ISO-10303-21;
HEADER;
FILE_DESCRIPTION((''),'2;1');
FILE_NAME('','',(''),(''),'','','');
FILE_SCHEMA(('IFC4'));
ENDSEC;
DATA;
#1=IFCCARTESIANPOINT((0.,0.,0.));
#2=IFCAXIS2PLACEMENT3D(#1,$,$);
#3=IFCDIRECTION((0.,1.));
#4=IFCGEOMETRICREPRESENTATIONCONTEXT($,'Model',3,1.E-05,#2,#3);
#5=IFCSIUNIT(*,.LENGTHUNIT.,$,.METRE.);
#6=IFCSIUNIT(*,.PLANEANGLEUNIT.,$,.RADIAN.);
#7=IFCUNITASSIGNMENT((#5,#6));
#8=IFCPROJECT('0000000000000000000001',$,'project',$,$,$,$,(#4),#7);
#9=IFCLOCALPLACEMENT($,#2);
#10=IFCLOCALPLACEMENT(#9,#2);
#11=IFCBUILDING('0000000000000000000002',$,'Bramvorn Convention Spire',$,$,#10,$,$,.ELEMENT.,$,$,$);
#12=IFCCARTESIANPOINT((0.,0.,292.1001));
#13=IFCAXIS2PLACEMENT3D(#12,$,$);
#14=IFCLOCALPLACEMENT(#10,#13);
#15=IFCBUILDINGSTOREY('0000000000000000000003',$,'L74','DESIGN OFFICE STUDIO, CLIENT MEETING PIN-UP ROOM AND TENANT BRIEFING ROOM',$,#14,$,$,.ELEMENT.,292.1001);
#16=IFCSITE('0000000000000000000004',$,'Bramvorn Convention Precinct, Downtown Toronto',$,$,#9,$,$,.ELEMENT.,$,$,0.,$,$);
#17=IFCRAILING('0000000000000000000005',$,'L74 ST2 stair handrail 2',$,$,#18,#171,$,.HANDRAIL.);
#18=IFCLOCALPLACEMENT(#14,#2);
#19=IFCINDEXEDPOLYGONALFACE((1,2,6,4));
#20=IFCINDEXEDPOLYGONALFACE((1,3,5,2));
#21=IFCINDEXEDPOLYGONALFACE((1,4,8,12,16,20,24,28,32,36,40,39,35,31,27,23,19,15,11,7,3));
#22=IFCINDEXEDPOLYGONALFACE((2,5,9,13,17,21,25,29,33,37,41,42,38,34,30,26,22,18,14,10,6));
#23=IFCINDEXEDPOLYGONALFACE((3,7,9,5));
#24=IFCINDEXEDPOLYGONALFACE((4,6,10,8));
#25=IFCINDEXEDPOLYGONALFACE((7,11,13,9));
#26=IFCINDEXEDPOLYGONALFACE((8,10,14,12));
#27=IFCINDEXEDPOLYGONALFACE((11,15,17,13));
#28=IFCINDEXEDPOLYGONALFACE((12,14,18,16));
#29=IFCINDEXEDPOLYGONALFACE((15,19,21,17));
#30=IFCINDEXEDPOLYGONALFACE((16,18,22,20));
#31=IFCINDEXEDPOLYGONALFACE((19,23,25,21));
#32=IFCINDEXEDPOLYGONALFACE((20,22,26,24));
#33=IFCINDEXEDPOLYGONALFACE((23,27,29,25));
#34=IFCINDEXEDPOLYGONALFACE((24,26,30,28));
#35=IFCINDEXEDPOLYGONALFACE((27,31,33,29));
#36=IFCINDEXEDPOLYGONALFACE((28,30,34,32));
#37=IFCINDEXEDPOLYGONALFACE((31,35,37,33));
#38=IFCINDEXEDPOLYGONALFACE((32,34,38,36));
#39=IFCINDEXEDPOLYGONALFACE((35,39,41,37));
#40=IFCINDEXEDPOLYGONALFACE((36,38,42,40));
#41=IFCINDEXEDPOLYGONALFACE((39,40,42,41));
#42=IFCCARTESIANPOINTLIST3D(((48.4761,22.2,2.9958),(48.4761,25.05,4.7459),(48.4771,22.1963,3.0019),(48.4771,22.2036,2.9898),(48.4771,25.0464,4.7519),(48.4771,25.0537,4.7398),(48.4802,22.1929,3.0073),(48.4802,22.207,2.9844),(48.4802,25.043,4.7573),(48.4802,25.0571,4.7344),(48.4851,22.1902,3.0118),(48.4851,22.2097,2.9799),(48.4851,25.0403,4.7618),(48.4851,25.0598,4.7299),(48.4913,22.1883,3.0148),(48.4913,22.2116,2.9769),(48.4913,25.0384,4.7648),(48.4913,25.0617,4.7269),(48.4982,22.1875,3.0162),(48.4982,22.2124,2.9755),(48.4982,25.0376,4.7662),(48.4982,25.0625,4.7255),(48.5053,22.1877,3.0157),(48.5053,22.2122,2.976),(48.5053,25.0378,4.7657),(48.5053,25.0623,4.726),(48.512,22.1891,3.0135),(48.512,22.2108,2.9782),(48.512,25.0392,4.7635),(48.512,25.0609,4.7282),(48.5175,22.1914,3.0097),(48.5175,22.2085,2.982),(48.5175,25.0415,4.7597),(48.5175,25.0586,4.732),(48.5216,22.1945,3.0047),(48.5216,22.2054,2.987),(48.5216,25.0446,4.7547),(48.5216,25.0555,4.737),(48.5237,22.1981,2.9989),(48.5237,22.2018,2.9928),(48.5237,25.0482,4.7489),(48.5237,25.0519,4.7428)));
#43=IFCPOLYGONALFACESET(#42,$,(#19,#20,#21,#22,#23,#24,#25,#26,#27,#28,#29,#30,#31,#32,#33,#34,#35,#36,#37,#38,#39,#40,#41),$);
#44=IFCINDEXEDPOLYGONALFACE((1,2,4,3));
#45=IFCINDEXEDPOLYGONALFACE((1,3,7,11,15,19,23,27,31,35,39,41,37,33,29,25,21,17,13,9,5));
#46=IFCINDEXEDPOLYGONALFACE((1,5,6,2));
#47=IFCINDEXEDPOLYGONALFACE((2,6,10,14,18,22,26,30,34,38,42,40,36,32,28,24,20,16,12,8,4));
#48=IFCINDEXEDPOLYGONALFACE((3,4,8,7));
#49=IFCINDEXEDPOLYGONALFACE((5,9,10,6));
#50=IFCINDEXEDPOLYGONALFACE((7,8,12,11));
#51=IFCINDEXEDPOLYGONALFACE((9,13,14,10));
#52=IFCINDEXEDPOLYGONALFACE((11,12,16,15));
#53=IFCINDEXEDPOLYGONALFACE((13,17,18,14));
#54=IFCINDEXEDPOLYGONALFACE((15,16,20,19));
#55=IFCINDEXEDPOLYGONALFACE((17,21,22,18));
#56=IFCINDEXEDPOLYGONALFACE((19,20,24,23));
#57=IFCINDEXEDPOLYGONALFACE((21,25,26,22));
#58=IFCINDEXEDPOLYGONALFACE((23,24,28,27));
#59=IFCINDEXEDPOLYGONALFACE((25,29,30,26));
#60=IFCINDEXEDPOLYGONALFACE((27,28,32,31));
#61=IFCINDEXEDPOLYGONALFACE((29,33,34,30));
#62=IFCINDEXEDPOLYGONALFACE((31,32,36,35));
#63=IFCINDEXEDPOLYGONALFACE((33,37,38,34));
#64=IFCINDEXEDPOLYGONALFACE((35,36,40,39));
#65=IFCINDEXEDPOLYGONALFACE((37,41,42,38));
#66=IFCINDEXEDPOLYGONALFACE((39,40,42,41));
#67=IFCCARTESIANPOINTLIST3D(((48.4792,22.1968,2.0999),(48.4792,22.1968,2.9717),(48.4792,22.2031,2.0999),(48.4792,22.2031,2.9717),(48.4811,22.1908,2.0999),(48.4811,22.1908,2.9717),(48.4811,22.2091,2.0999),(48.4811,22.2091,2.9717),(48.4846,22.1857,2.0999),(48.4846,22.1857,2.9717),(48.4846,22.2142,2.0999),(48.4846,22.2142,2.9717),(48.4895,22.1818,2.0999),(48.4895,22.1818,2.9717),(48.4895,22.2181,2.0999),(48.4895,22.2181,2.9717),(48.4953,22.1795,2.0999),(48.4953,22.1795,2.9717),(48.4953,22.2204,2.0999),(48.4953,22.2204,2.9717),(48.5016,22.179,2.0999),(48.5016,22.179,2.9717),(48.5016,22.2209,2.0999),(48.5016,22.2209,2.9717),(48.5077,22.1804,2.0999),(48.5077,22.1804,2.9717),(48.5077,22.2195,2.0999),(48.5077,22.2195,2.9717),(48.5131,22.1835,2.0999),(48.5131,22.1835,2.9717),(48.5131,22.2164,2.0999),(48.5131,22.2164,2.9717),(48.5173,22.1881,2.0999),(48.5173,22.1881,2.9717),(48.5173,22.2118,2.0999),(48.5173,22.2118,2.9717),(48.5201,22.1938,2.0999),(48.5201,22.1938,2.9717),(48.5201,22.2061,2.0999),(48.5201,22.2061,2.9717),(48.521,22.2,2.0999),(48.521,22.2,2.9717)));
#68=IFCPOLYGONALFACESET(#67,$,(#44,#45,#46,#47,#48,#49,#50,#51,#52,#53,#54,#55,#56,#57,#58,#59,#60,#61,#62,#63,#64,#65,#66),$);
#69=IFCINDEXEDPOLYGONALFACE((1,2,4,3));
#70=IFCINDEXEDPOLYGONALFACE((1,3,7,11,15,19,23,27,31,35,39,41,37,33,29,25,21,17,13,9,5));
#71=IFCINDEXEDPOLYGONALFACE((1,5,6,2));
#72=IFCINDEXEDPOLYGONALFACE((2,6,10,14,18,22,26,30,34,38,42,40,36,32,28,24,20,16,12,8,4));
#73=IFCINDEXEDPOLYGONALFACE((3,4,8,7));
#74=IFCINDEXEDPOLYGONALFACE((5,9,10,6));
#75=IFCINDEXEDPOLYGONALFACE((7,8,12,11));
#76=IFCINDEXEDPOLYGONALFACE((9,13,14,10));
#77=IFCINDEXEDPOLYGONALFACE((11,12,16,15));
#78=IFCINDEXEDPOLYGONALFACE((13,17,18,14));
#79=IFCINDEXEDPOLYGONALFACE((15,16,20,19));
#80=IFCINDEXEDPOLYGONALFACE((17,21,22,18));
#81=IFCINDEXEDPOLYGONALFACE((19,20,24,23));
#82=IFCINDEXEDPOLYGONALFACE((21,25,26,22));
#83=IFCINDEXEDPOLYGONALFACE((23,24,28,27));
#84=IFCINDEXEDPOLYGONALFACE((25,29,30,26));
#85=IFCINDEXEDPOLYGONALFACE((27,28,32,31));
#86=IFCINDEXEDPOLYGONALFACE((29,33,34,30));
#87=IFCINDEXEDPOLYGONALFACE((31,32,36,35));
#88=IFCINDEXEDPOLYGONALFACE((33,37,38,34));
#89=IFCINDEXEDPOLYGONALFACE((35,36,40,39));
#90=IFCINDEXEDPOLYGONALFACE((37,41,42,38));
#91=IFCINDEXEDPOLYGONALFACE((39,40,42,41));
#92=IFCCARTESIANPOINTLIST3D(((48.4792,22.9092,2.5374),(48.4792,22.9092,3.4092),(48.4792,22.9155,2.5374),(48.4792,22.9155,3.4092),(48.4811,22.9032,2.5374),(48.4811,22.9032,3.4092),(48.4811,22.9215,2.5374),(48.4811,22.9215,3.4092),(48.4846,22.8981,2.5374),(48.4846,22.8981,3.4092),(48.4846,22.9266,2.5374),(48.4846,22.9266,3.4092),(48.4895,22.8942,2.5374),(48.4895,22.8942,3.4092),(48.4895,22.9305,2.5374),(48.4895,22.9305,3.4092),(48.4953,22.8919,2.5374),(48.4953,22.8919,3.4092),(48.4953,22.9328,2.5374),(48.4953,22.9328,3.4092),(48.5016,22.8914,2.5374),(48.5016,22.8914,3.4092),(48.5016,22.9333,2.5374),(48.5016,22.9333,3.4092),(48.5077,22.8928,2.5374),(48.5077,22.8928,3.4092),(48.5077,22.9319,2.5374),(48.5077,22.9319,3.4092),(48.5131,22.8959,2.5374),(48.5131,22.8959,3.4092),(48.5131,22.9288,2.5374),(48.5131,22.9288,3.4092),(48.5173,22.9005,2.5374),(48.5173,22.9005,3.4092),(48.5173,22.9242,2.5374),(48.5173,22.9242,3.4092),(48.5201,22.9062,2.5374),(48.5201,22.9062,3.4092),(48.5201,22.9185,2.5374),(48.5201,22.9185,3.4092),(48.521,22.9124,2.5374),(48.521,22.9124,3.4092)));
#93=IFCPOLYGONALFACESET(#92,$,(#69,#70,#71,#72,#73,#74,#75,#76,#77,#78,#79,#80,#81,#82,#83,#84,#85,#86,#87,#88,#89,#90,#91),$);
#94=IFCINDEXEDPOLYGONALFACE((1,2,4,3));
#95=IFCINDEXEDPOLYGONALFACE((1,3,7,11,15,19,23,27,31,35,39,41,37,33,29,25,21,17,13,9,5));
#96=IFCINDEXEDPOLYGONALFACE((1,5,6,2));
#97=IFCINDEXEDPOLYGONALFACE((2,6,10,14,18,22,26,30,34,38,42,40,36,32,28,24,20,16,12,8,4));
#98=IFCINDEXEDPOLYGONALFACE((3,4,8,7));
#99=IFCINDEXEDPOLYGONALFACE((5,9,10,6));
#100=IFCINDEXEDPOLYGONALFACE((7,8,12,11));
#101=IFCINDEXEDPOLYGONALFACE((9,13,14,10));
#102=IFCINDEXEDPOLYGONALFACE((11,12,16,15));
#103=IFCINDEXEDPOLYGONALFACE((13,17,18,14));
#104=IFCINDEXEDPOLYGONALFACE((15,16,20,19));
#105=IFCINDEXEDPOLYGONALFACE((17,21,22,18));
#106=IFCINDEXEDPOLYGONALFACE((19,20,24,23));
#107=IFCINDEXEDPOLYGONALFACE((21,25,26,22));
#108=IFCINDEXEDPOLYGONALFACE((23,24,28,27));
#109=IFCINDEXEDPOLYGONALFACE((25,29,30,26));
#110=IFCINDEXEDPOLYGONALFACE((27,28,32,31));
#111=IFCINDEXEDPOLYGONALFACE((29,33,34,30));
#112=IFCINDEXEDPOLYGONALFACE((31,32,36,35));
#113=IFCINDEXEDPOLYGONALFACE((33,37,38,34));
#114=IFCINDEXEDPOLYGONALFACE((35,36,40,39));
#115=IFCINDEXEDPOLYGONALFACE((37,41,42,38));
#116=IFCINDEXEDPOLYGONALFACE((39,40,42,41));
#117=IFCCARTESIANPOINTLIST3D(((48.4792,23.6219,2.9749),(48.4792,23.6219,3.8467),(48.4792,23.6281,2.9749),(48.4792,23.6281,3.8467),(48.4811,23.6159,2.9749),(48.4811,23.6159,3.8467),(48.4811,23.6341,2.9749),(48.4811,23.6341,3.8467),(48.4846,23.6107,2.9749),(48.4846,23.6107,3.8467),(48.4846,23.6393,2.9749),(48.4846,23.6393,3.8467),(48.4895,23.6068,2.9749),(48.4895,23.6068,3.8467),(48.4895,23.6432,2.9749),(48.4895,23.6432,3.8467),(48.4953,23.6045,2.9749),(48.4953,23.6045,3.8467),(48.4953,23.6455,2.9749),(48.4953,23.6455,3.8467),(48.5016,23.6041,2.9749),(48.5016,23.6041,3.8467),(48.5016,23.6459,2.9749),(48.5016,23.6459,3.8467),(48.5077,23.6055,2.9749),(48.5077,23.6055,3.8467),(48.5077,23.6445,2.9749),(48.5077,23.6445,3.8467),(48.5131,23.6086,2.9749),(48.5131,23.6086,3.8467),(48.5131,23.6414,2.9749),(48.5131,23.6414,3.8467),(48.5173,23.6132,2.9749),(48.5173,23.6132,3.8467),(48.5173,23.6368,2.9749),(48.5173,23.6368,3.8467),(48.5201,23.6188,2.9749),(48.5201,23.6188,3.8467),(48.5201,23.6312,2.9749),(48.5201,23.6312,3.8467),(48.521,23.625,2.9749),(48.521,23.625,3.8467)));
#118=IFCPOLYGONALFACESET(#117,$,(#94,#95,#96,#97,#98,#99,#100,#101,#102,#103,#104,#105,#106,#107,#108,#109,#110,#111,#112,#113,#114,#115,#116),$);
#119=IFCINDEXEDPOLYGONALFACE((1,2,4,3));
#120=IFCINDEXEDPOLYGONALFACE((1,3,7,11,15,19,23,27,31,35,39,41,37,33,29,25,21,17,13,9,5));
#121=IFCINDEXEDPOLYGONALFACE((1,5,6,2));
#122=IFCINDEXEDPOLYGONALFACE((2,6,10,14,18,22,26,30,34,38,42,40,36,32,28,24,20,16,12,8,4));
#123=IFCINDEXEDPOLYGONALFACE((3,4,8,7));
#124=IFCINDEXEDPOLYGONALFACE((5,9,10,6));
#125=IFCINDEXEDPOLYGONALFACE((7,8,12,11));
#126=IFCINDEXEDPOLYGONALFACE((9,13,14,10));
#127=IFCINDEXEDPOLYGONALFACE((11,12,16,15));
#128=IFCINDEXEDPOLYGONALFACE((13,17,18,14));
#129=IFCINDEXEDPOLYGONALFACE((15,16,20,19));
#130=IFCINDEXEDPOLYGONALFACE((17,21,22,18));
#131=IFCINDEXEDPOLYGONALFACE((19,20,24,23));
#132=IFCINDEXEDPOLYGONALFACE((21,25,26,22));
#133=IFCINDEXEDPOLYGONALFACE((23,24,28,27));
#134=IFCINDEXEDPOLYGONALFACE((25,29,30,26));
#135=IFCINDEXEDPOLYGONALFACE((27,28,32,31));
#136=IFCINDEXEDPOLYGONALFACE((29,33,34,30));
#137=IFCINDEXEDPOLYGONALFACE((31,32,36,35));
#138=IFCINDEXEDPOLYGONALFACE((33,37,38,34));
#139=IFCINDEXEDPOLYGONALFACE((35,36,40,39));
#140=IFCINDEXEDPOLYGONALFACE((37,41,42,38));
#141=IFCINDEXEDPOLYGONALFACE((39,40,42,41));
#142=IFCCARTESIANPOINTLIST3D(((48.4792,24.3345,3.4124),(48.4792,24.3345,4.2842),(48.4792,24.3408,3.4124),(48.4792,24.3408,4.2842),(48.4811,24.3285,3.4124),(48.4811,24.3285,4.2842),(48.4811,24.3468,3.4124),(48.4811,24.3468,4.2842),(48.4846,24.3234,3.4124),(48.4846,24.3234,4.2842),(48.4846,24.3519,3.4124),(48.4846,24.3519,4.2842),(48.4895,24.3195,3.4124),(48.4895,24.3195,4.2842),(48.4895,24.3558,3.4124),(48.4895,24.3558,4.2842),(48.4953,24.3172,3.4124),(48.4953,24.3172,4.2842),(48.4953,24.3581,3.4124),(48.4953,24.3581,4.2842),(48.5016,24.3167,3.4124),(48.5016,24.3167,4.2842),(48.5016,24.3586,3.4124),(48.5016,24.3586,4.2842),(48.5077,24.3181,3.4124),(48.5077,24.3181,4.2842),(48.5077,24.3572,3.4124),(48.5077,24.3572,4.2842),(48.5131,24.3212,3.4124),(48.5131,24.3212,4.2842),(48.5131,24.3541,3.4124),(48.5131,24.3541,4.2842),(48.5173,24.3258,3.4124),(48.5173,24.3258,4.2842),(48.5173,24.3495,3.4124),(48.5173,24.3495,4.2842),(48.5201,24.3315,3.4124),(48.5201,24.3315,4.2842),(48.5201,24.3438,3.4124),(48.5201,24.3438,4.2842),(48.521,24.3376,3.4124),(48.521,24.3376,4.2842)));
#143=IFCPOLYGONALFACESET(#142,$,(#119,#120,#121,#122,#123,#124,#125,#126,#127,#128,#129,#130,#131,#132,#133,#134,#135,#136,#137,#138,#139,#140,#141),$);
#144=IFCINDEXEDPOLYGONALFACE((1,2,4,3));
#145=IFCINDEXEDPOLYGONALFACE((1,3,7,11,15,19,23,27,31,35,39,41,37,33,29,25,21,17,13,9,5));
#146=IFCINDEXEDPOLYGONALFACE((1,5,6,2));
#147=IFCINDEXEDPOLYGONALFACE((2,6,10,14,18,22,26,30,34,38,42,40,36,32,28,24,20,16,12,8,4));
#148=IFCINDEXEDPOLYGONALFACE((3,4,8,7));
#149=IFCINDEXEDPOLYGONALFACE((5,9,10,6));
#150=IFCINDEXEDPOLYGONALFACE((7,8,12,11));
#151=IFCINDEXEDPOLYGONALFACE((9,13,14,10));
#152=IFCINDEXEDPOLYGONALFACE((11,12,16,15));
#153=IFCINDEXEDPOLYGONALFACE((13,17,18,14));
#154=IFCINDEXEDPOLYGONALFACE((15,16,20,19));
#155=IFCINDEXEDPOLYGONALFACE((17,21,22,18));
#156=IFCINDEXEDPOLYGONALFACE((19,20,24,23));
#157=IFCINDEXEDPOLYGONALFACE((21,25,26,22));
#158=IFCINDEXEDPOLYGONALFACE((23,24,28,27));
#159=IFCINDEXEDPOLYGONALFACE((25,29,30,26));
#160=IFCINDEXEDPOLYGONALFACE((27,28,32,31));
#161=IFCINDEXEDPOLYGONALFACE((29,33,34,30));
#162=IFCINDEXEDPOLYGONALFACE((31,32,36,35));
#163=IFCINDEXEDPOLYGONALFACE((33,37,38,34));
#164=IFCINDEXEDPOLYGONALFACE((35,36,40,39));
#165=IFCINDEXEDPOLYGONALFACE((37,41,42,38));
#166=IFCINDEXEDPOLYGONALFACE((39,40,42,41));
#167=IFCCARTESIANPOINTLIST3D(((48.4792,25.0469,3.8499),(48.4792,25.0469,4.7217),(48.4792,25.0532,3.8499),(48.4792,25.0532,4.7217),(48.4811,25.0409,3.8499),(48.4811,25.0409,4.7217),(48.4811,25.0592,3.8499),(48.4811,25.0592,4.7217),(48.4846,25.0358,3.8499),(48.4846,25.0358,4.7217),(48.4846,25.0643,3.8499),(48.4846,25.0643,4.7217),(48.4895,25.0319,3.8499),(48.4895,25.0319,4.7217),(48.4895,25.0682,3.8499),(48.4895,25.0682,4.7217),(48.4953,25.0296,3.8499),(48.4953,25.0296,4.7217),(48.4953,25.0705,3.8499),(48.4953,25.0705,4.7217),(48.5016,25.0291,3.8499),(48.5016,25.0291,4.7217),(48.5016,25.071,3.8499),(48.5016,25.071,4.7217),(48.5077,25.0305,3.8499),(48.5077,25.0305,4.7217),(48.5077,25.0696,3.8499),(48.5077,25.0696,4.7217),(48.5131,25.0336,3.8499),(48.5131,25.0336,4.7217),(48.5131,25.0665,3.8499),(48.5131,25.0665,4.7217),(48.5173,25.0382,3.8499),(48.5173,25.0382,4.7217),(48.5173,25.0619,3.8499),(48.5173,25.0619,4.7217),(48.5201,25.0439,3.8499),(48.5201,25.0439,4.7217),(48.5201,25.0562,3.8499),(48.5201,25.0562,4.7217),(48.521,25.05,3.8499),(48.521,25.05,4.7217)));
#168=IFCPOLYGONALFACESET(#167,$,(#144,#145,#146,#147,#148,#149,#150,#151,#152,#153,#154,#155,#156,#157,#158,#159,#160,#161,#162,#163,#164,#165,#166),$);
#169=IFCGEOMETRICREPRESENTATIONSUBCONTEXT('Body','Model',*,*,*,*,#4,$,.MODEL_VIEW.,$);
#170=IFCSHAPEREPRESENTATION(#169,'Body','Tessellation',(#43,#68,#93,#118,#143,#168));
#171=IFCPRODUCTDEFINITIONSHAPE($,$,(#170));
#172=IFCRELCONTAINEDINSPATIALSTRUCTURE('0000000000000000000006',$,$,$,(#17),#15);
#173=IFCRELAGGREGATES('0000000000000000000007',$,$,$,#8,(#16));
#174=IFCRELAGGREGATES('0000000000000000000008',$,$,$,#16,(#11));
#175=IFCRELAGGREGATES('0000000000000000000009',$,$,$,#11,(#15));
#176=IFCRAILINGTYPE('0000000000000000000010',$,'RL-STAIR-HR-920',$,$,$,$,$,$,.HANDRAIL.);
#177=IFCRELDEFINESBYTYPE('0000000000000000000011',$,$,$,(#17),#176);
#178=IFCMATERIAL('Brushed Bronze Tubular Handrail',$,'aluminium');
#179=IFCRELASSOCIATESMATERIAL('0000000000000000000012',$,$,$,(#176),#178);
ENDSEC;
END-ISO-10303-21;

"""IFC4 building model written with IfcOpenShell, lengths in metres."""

from ifc_helpers import new_model, si_unit, direction, frame, origin, origin_2d, place, context, subcontext, project, spatial, circle, extrude, material, type_object, element, save


model = new_model("IFC4")

# Units and contexts
model_context = context("Model", 3, precision=1e-05, world=origin(), true_north=direction((0.0, 1.0)))
body_context = subcontext(model_context, "Body", "Model", "MODEL_VIEW")
ifc_project = project(units=[si_unit("LENGTHUNIT", "METRE"), si_unit("PLANEANGLEUNIT", "RADIAN")], contexts=[model_context])

# Site, building, storey
site_placement = place(None, origin())
site = spatial("IfcSite", under=ifc_project, at=site_placement, Name="Bramvorn Convention Precinct, Downtown Toronto", CompositionType="ELEMENT", RefElevation=0.0)
building_placement = place(site_placement, origin())
building = spatial("IfcBuilding", under=site, at=building_placement, Name="Bramvorn Convention Spire", CompositionType="ELEMENT")
storey_placement = place(building_placement, frame((0.0, 0.0, 292.1001)))
storey = spatial("IfcBuildingStorey", under=building, at=storey_placement, Name="L74", Description="DESIGN OFFICE STUDIO, CLIENT MEETING PIN-UP ROOM AND TENANT BRIEFING ROOM", CompositionType="ELEMENT", Elevation=292.1001)

# Railing
ifc_material_1 = material(Name="Brushed Bronze Tubular Handrail", Category="aluminium")
railing_type_1 = type_object("IfcRailingType", Name="RL-STAIR-HR-920", PredefinedType="HANDRAIL", material=ifc_material_1)
railing_1_placement = place(storey_placement, frame((48.5, 22.2, 2.0999)))
element("IfcRailing", 1, at=railing_1_placement, inside=storey, type_object=railing_type_1, Name="L74 ST2 stair handrail 2", PredefinedType="HANDRAIL", context=body_context, shape_type="SweptSolid", body=[
    extrude(circle(Radius=0.0239, at=origin_2d()), frame((0.0, 0.0, 0.896), z_axis=(0.0, 0.852179, 0.52325), x_axis=(-1.0, 0.0, 0.0)), (0.0, 0.0, 1.0), 3.3445),
    extrude(circle(Radius=0.021, at=origin_2d()), origin(), (0.0, 0.0, 1.0), 0.8718),
    extrude(circle(Radius=0.021, at=origin_2d()), frame((0.0, 0.7124, 0.4375)), (0.0, 0.0, 1.0), 0.8718),
    extrude(circle(Radius=0.021, at=origin_2d()), frame((0.0, 1.425, 0.875)), (0.0, 0.0, 1.0), 0.8718),
    extrude(circle(Radius=0.021, at=origin_2d()), frame((0.0, 2.1377, 1.3125)), (0.0, 0.0, 1.0), 0.8718),
    extrude(circle(Radius=0.021, at=origin_2d()), frame((0.0, 2.8501, 1.75)), (0.0, 0.0, 1.0), 0.8718),
])

save(model, "model.ifc")
